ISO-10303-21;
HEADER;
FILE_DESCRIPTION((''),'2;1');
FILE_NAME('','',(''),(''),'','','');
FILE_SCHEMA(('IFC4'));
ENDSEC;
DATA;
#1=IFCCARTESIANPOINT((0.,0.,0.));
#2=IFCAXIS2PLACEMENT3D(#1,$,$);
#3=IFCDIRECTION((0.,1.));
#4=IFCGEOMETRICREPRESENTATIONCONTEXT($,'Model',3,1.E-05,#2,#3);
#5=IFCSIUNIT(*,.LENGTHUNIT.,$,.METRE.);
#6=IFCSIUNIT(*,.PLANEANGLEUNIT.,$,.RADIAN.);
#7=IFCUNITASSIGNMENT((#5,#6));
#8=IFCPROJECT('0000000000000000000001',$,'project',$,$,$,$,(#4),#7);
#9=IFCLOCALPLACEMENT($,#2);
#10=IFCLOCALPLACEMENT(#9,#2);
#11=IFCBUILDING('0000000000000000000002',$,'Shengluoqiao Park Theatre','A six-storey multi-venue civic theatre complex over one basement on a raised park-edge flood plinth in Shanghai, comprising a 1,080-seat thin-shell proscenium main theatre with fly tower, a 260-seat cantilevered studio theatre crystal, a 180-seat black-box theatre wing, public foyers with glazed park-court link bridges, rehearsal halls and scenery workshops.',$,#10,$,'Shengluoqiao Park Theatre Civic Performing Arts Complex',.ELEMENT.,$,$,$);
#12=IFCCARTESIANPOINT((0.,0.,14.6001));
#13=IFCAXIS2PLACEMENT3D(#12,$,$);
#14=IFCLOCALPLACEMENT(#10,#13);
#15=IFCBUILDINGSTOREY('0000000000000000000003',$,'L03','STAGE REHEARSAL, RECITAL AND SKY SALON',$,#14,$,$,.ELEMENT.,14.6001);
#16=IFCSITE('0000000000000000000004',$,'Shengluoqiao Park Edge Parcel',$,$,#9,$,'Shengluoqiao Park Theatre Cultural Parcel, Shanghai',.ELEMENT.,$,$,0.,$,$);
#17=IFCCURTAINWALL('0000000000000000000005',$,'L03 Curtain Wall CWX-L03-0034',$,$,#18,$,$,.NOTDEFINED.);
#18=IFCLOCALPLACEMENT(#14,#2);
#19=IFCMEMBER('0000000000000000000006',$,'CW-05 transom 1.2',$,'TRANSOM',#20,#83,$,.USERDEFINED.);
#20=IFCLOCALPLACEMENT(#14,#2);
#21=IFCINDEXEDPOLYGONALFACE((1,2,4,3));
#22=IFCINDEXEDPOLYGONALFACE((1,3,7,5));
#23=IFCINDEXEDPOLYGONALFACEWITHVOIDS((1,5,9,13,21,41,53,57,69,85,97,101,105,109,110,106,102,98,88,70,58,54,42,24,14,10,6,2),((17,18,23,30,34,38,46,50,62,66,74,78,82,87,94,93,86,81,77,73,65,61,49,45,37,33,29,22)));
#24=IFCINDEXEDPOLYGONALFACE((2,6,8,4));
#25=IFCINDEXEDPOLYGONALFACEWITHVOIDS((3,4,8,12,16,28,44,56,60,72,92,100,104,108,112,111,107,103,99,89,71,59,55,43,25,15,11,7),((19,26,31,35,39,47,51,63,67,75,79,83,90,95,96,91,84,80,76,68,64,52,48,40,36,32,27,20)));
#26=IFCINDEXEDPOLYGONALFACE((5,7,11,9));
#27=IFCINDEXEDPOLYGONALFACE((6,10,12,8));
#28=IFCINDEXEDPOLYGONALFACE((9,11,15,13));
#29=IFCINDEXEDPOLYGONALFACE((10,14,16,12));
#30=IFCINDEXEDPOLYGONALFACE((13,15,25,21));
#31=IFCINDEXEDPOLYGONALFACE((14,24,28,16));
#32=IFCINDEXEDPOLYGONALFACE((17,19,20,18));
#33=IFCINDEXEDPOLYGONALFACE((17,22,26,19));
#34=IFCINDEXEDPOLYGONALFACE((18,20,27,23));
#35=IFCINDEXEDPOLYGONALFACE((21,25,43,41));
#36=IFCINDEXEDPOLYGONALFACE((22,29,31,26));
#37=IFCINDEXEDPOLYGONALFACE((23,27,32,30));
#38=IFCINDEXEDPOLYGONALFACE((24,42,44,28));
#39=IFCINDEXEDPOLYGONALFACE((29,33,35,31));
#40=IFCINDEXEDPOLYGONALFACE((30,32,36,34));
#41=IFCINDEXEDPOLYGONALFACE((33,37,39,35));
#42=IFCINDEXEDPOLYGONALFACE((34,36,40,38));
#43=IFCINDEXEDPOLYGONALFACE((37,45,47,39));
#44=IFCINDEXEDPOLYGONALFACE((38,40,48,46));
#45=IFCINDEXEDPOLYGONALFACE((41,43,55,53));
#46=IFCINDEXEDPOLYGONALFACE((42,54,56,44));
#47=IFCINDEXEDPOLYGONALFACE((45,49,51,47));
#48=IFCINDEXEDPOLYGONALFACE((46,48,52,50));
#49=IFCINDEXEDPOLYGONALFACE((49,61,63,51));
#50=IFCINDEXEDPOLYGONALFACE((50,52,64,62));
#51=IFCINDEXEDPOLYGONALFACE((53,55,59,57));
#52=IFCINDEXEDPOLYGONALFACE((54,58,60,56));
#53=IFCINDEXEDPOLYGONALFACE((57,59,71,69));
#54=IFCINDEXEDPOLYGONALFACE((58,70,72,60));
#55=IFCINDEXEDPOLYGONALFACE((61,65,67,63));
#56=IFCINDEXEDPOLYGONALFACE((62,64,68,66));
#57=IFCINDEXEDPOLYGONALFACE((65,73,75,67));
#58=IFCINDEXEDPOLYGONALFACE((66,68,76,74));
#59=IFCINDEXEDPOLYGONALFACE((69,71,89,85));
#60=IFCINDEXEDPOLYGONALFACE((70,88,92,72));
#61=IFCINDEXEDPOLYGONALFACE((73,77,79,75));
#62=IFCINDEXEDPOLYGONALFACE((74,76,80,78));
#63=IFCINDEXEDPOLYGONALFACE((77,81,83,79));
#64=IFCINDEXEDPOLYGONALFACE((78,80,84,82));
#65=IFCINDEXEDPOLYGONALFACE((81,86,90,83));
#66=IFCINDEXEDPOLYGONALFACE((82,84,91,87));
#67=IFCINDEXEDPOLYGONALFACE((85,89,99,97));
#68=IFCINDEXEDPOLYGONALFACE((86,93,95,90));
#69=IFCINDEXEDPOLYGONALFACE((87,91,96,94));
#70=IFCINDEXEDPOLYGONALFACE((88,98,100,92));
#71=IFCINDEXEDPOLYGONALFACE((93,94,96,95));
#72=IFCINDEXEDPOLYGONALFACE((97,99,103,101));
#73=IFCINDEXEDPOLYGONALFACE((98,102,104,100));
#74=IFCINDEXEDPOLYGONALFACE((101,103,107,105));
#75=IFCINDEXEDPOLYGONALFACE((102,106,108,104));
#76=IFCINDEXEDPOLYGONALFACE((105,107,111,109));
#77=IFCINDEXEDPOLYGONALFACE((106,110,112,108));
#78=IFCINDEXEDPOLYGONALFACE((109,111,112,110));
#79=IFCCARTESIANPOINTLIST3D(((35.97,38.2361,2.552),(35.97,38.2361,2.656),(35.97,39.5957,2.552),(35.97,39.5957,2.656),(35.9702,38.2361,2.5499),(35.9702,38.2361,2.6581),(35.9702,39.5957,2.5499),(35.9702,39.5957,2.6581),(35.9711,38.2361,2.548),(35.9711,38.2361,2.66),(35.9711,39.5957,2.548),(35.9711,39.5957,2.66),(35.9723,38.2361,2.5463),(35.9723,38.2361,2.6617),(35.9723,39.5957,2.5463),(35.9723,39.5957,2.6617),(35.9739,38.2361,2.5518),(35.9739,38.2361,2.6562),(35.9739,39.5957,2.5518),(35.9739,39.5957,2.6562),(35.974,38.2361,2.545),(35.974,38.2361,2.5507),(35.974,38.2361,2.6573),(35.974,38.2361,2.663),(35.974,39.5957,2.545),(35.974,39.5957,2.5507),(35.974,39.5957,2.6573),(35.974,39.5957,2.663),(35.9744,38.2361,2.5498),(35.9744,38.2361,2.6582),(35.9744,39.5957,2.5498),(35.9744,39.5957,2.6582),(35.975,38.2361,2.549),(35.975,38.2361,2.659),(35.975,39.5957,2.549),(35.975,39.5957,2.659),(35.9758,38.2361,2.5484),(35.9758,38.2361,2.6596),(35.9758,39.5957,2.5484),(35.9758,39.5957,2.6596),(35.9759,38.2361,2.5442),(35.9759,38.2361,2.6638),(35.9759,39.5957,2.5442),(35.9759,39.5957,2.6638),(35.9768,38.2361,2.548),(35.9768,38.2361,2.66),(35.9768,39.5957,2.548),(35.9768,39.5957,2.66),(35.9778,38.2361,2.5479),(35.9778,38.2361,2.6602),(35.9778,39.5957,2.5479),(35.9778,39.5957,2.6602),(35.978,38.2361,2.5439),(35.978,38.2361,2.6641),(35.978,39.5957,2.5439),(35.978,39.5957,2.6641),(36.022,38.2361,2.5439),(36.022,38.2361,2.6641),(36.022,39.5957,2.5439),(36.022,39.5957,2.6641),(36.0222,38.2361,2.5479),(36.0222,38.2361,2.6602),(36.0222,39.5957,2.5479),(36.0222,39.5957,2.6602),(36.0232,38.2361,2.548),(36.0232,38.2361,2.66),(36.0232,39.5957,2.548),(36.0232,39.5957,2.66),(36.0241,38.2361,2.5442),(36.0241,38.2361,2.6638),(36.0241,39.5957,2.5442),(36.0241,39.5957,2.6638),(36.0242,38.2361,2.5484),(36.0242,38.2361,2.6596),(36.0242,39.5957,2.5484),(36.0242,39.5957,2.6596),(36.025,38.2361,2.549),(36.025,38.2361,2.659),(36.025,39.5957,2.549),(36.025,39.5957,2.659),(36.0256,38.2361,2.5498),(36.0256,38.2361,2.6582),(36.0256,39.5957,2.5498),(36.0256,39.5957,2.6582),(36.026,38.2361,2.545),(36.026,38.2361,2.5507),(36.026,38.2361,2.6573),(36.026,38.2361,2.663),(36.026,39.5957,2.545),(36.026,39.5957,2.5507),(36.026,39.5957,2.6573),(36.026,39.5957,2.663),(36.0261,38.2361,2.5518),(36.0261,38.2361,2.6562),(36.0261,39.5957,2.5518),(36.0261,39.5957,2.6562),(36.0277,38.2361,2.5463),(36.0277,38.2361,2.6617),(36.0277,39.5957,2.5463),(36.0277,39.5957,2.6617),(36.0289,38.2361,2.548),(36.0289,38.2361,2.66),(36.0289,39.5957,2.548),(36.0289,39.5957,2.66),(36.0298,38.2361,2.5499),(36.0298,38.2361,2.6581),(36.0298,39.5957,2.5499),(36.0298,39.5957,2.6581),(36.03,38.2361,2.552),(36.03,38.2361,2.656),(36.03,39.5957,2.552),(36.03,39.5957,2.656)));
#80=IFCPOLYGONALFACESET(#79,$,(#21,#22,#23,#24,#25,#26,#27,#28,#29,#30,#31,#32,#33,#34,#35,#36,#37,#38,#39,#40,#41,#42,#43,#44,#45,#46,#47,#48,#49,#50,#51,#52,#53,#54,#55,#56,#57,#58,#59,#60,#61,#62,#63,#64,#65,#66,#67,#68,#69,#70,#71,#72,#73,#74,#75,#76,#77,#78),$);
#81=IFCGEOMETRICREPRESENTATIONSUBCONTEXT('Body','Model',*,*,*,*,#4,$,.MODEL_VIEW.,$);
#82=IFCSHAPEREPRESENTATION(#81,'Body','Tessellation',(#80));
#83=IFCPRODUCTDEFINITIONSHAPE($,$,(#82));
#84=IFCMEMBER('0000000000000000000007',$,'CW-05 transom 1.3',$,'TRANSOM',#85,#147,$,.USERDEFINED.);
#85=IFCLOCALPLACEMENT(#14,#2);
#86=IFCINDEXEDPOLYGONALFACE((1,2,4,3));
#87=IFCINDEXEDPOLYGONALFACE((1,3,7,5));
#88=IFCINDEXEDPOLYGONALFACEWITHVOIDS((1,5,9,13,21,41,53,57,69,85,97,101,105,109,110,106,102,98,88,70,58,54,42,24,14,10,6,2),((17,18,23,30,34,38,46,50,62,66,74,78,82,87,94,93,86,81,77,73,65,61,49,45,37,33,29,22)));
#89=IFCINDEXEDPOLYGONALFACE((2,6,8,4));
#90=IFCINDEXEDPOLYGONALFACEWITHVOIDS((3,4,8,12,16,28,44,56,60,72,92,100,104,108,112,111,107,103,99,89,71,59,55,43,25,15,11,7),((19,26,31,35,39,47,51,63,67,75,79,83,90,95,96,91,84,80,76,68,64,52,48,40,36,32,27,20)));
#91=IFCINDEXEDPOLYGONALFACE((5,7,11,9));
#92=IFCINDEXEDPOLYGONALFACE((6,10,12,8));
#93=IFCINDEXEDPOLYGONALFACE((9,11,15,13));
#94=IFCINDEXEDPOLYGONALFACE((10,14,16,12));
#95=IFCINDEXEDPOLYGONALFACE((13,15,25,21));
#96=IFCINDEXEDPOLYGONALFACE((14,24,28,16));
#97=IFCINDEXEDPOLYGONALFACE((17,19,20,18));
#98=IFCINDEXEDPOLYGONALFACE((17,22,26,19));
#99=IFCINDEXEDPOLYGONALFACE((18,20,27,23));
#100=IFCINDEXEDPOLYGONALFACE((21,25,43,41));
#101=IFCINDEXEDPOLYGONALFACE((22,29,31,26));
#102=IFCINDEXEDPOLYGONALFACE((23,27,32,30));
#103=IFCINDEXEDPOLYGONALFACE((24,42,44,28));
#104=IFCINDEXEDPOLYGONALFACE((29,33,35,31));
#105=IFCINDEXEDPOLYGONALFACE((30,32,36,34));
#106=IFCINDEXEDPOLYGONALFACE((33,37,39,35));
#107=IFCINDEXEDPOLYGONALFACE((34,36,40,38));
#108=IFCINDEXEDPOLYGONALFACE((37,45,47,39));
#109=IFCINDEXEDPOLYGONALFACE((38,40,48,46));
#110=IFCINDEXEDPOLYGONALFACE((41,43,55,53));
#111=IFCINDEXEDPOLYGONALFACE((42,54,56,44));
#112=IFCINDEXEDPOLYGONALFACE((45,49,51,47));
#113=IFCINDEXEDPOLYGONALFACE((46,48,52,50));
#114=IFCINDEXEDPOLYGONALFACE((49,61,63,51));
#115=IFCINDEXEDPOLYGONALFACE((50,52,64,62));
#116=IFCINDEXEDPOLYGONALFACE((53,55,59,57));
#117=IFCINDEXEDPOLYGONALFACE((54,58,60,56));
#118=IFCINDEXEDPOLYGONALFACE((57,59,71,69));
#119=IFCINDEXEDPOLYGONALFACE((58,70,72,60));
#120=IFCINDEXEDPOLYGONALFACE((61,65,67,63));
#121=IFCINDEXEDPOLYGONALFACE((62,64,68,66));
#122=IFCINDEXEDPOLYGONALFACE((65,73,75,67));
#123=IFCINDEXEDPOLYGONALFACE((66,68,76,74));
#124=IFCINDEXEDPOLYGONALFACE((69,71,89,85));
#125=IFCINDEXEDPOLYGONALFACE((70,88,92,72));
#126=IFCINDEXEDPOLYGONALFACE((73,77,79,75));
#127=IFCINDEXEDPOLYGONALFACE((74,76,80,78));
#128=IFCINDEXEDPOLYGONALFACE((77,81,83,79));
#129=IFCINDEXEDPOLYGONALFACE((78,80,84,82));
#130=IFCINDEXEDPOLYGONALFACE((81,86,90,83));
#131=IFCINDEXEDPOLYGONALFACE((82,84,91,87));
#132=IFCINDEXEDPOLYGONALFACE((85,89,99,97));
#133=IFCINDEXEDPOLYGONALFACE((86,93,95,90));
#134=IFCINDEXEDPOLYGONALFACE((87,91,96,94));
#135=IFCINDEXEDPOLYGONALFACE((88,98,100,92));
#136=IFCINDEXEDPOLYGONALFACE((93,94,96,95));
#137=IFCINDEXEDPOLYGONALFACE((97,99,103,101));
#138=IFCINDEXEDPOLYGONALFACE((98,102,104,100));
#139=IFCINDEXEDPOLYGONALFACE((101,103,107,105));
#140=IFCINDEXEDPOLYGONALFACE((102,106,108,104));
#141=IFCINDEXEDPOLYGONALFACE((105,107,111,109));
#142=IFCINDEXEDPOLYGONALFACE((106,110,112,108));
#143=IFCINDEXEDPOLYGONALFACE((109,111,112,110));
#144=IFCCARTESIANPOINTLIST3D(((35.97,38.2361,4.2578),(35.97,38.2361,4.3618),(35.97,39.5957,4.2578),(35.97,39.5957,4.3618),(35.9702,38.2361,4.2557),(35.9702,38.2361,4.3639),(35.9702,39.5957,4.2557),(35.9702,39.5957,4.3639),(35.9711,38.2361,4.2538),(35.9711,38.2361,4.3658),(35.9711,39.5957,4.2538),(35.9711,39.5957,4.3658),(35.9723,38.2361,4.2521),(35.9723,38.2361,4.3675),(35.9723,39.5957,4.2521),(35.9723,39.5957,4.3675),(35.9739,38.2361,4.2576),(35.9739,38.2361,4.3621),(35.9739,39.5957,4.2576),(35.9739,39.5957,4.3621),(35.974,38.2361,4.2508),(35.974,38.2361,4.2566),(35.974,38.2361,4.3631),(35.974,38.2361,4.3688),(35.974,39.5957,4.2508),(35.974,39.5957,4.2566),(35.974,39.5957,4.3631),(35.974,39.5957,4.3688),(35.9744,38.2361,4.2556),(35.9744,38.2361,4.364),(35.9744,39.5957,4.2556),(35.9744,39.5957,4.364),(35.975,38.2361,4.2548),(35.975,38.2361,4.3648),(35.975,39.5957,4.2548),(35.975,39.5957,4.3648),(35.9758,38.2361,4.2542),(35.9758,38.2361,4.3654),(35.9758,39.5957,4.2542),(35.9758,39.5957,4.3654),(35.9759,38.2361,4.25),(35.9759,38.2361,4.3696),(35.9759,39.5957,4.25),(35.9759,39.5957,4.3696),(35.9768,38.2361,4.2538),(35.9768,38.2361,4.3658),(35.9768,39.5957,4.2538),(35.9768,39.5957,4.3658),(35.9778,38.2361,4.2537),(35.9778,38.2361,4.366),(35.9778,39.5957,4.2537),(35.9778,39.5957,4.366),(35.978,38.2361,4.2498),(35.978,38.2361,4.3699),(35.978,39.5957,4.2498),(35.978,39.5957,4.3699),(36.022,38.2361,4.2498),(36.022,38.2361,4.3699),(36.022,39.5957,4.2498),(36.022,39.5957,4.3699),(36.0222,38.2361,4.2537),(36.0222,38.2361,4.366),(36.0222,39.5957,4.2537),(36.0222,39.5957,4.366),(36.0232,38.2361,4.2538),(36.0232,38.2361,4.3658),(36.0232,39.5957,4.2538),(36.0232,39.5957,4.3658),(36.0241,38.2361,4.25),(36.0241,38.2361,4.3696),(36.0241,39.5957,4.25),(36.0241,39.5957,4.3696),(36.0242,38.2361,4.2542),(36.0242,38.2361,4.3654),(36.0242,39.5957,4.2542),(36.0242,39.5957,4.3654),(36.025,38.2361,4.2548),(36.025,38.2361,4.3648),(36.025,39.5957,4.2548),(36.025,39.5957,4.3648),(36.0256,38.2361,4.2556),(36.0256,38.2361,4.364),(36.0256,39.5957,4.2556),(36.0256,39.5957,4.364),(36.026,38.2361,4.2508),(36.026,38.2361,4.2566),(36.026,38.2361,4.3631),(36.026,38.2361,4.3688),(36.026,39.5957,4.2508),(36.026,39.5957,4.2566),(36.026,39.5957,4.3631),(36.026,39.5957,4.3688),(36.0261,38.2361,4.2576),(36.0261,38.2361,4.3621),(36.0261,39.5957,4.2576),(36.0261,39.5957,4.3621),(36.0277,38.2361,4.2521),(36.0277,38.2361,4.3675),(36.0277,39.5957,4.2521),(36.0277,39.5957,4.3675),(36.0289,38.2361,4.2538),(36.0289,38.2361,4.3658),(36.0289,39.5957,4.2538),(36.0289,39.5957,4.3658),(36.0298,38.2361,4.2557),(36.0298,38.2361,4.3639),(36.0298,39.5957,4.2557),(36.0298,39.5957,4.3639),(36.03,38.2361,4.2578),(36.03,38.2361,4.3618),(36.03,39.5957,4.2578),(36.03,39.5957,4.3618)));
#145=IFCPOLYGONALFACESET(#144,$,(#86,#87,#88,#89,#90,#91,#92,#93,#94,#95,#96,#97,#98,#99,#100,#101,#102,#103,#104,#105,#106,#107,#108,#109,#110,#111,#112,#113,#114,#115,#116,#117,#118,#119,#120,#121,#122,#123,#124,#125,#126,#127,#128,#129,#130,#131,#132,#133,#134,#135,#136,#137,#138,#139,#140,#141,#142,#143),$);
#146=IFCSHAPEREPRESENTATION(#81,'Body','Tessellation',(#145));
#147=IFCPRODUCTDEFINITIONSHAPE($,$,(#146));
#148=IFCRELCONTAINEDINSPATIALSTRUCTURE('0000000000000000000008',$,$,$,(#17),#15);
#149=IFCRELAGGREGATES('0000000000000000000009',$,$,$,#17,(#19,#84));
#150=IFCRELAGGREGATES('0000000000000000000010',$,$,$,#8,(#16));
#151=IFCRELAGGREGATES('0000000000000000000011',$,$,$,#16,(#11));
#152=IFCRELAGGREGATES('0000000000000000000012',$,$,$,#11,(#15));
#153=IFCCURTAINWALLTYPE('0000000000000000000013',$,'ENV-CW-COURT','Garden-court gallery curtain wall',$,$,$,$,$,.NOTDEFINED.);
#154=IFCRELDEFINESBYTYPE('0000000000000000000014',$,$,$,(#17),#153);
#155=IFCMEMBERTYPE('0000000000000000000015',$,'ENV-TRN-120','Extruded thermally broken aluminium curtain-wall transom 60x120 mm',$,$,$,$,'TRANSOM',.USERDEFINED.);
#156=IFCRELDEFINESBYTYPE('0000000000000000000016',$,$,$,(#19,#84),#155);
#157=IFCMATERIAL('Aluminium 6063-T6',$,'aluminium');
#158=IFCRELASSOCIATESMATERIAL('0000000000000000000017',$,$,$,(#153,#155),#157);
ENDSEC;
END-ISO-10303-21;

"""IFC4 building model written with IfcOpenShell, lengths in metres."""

from ifc_helpers import new_model, si_unit, direction, frame, origin, origin_2d, place, context, subcontext, project, spatial, hollow_rectangle, extrude, material, material_profile, profile_set, type_object, element, aggregate, save


model = new_model("IFC4")

# Units and contexts
model_context = context("Model", 3, precision=1e-05, world=origin(), true_north=direction((0.0, 1.0)))
body_context = subcontext(model_context, "Body", "Model", "MODEL_VIEW")
ifc_project = project(units=[si_unit("LENGTHUNIT", "METRE"), si_unit("PLANEANGLEUNIT", "RADIAN")], contexts=[model_context])

# Site, building, storey
site_placement = place(None, origin())
site = spatial("IfcSite", under=ifc_project, at=site_placement, Name="Shengluoqiao Park Edge Parcel", LongName="Shengluoqiao Park Theatre Cultural Parcel, Shanghai", CompositionType="ELEMENT", RefElevation=0.0)
building_placement = place(site_placement, origin())
building = spatial("IfcBuilding", under=site, at=building_placement, Name="Shengluoqiao Park Theatre", Description="A six-storey multi-venue civic theatre complex over one basement on a raised park-edge flood plinth in Shanghai, comprising a 1,080-seat thin-shell proscenium main theatre with fly tower, a 260-seat cantilevered studio theatre crystal, a 180-seat black-box theatre wing, public foyers with glazed park-court link bridges, rehearsal halls and scenery workshops.", LongName="Shengluoqiao Park Theatre Civic Performing Arts Complex", CompositionType="ELEMENT")
storey_placement = place(building_placement, frame((0.0, 0.0, 14.6001)))
storey = spatial("IfcBuildingStorey", under=building, at=storey_placement, Name="L03", Description="STAGE REHEARSAL, RECITAL AND SKY SALON", CompositionType="ELEMENT", Elevation=14.6001)

# Curtain wall
ifc_material_1 = material(Name="Aluminium 6063-T6", Category="aluminium")
curtain_wall_type = type_object("IfcCurtainWallType", Name="ENV-CW-COURT", Description="Garden-court gallery curtain wall", PredefinedType="NOTDEFINED", material=ifc_material_1)
curtain_wall_1_placement = place(storey_placement, origin())
curtain_wall_1 = element("IfcCurtainWall", 1, at=curtain_wall_1_placement, inside=storey, type_object=curtain_wall_type, Name="L03 Curtain Wall CWX-L03-0034", PredefinedType="NOTDEFINED")

# Members
ifc_material_profile_1 = material_profile(ifc_material_1, hollow_rectangle(XDim=0.0601, YDim=0.1201, WallThickness=0.0039, InnerFilletRadius=0.0039, OuterFilletRadius=0.0081, at=origin_2d()), Name="ALU TRANSOM 120x60x4")
ifc_profile_set_1 = profile_set([ifc_material_profile_1], Name="Aluminium 6063-T6")
member_type_1 = type_object("IfcMemberType", Name="ENV-TRN-120", Description="Extruded thermally broken aluminium curtain-wall transom 60x120 mm", ElementType="TRANSOM", PredefinedType="USERDEFINED", material=ifc_profile_set_1)
member_1_placement = place(storey_placement, frame((36.0, 38.2361, 2.604), z_axis=(0.0, 1.0, 0.0), x_axis=(-1.0, 0.0, 0.0)))
member_1 = element("IfcMember", 2, at=member_1_placement, type_object=member_type_1, Name="CW-05 transom 1.2", ObjectType="TRANSOM", PredefinedType="USERDEFINED", context=body_context, shape_type="SweptSolid", body=[
    extrude(hollow_rectangle(XDim=0.0601, YDim=0.1201, WallThickness=0.0039, InnerFilletRadius=0.0039, OuterFilletRadius=0.0081, at=origin_2d()), origin(), (0.0, 0.0, 1.0), 1.3596),
])
member_2_placement = place(storey_placement, frame((36.0, 38.2361, 4.3098), z_axis=(0.0, 1.0, 0.0), x_axis=(-1.0, 0.0, 0.0)))
member_2 = element("IfcMember", 3, at=member_2_placement, type_object=member_type_1, Name="CW-05 transom 1.3", ObjectType="TRANSOM", PredefinedType="USERDEFINED", context=body_context, shape_type="SweptSolid", body=[
    extrude(hollow_rectangle(XDim=0.0601, YDim=0.1201, WallThickness=0.0039, InnerFilletRadius=0.0039, OuterFilletRadius=0.0081, at=origin_2d()), origin(), (0.0, 0.0, 1.0), 1.3596),
])

aggregate(curtain_wall_1, [member_1, member_2])

save(model, "model.ifc")
